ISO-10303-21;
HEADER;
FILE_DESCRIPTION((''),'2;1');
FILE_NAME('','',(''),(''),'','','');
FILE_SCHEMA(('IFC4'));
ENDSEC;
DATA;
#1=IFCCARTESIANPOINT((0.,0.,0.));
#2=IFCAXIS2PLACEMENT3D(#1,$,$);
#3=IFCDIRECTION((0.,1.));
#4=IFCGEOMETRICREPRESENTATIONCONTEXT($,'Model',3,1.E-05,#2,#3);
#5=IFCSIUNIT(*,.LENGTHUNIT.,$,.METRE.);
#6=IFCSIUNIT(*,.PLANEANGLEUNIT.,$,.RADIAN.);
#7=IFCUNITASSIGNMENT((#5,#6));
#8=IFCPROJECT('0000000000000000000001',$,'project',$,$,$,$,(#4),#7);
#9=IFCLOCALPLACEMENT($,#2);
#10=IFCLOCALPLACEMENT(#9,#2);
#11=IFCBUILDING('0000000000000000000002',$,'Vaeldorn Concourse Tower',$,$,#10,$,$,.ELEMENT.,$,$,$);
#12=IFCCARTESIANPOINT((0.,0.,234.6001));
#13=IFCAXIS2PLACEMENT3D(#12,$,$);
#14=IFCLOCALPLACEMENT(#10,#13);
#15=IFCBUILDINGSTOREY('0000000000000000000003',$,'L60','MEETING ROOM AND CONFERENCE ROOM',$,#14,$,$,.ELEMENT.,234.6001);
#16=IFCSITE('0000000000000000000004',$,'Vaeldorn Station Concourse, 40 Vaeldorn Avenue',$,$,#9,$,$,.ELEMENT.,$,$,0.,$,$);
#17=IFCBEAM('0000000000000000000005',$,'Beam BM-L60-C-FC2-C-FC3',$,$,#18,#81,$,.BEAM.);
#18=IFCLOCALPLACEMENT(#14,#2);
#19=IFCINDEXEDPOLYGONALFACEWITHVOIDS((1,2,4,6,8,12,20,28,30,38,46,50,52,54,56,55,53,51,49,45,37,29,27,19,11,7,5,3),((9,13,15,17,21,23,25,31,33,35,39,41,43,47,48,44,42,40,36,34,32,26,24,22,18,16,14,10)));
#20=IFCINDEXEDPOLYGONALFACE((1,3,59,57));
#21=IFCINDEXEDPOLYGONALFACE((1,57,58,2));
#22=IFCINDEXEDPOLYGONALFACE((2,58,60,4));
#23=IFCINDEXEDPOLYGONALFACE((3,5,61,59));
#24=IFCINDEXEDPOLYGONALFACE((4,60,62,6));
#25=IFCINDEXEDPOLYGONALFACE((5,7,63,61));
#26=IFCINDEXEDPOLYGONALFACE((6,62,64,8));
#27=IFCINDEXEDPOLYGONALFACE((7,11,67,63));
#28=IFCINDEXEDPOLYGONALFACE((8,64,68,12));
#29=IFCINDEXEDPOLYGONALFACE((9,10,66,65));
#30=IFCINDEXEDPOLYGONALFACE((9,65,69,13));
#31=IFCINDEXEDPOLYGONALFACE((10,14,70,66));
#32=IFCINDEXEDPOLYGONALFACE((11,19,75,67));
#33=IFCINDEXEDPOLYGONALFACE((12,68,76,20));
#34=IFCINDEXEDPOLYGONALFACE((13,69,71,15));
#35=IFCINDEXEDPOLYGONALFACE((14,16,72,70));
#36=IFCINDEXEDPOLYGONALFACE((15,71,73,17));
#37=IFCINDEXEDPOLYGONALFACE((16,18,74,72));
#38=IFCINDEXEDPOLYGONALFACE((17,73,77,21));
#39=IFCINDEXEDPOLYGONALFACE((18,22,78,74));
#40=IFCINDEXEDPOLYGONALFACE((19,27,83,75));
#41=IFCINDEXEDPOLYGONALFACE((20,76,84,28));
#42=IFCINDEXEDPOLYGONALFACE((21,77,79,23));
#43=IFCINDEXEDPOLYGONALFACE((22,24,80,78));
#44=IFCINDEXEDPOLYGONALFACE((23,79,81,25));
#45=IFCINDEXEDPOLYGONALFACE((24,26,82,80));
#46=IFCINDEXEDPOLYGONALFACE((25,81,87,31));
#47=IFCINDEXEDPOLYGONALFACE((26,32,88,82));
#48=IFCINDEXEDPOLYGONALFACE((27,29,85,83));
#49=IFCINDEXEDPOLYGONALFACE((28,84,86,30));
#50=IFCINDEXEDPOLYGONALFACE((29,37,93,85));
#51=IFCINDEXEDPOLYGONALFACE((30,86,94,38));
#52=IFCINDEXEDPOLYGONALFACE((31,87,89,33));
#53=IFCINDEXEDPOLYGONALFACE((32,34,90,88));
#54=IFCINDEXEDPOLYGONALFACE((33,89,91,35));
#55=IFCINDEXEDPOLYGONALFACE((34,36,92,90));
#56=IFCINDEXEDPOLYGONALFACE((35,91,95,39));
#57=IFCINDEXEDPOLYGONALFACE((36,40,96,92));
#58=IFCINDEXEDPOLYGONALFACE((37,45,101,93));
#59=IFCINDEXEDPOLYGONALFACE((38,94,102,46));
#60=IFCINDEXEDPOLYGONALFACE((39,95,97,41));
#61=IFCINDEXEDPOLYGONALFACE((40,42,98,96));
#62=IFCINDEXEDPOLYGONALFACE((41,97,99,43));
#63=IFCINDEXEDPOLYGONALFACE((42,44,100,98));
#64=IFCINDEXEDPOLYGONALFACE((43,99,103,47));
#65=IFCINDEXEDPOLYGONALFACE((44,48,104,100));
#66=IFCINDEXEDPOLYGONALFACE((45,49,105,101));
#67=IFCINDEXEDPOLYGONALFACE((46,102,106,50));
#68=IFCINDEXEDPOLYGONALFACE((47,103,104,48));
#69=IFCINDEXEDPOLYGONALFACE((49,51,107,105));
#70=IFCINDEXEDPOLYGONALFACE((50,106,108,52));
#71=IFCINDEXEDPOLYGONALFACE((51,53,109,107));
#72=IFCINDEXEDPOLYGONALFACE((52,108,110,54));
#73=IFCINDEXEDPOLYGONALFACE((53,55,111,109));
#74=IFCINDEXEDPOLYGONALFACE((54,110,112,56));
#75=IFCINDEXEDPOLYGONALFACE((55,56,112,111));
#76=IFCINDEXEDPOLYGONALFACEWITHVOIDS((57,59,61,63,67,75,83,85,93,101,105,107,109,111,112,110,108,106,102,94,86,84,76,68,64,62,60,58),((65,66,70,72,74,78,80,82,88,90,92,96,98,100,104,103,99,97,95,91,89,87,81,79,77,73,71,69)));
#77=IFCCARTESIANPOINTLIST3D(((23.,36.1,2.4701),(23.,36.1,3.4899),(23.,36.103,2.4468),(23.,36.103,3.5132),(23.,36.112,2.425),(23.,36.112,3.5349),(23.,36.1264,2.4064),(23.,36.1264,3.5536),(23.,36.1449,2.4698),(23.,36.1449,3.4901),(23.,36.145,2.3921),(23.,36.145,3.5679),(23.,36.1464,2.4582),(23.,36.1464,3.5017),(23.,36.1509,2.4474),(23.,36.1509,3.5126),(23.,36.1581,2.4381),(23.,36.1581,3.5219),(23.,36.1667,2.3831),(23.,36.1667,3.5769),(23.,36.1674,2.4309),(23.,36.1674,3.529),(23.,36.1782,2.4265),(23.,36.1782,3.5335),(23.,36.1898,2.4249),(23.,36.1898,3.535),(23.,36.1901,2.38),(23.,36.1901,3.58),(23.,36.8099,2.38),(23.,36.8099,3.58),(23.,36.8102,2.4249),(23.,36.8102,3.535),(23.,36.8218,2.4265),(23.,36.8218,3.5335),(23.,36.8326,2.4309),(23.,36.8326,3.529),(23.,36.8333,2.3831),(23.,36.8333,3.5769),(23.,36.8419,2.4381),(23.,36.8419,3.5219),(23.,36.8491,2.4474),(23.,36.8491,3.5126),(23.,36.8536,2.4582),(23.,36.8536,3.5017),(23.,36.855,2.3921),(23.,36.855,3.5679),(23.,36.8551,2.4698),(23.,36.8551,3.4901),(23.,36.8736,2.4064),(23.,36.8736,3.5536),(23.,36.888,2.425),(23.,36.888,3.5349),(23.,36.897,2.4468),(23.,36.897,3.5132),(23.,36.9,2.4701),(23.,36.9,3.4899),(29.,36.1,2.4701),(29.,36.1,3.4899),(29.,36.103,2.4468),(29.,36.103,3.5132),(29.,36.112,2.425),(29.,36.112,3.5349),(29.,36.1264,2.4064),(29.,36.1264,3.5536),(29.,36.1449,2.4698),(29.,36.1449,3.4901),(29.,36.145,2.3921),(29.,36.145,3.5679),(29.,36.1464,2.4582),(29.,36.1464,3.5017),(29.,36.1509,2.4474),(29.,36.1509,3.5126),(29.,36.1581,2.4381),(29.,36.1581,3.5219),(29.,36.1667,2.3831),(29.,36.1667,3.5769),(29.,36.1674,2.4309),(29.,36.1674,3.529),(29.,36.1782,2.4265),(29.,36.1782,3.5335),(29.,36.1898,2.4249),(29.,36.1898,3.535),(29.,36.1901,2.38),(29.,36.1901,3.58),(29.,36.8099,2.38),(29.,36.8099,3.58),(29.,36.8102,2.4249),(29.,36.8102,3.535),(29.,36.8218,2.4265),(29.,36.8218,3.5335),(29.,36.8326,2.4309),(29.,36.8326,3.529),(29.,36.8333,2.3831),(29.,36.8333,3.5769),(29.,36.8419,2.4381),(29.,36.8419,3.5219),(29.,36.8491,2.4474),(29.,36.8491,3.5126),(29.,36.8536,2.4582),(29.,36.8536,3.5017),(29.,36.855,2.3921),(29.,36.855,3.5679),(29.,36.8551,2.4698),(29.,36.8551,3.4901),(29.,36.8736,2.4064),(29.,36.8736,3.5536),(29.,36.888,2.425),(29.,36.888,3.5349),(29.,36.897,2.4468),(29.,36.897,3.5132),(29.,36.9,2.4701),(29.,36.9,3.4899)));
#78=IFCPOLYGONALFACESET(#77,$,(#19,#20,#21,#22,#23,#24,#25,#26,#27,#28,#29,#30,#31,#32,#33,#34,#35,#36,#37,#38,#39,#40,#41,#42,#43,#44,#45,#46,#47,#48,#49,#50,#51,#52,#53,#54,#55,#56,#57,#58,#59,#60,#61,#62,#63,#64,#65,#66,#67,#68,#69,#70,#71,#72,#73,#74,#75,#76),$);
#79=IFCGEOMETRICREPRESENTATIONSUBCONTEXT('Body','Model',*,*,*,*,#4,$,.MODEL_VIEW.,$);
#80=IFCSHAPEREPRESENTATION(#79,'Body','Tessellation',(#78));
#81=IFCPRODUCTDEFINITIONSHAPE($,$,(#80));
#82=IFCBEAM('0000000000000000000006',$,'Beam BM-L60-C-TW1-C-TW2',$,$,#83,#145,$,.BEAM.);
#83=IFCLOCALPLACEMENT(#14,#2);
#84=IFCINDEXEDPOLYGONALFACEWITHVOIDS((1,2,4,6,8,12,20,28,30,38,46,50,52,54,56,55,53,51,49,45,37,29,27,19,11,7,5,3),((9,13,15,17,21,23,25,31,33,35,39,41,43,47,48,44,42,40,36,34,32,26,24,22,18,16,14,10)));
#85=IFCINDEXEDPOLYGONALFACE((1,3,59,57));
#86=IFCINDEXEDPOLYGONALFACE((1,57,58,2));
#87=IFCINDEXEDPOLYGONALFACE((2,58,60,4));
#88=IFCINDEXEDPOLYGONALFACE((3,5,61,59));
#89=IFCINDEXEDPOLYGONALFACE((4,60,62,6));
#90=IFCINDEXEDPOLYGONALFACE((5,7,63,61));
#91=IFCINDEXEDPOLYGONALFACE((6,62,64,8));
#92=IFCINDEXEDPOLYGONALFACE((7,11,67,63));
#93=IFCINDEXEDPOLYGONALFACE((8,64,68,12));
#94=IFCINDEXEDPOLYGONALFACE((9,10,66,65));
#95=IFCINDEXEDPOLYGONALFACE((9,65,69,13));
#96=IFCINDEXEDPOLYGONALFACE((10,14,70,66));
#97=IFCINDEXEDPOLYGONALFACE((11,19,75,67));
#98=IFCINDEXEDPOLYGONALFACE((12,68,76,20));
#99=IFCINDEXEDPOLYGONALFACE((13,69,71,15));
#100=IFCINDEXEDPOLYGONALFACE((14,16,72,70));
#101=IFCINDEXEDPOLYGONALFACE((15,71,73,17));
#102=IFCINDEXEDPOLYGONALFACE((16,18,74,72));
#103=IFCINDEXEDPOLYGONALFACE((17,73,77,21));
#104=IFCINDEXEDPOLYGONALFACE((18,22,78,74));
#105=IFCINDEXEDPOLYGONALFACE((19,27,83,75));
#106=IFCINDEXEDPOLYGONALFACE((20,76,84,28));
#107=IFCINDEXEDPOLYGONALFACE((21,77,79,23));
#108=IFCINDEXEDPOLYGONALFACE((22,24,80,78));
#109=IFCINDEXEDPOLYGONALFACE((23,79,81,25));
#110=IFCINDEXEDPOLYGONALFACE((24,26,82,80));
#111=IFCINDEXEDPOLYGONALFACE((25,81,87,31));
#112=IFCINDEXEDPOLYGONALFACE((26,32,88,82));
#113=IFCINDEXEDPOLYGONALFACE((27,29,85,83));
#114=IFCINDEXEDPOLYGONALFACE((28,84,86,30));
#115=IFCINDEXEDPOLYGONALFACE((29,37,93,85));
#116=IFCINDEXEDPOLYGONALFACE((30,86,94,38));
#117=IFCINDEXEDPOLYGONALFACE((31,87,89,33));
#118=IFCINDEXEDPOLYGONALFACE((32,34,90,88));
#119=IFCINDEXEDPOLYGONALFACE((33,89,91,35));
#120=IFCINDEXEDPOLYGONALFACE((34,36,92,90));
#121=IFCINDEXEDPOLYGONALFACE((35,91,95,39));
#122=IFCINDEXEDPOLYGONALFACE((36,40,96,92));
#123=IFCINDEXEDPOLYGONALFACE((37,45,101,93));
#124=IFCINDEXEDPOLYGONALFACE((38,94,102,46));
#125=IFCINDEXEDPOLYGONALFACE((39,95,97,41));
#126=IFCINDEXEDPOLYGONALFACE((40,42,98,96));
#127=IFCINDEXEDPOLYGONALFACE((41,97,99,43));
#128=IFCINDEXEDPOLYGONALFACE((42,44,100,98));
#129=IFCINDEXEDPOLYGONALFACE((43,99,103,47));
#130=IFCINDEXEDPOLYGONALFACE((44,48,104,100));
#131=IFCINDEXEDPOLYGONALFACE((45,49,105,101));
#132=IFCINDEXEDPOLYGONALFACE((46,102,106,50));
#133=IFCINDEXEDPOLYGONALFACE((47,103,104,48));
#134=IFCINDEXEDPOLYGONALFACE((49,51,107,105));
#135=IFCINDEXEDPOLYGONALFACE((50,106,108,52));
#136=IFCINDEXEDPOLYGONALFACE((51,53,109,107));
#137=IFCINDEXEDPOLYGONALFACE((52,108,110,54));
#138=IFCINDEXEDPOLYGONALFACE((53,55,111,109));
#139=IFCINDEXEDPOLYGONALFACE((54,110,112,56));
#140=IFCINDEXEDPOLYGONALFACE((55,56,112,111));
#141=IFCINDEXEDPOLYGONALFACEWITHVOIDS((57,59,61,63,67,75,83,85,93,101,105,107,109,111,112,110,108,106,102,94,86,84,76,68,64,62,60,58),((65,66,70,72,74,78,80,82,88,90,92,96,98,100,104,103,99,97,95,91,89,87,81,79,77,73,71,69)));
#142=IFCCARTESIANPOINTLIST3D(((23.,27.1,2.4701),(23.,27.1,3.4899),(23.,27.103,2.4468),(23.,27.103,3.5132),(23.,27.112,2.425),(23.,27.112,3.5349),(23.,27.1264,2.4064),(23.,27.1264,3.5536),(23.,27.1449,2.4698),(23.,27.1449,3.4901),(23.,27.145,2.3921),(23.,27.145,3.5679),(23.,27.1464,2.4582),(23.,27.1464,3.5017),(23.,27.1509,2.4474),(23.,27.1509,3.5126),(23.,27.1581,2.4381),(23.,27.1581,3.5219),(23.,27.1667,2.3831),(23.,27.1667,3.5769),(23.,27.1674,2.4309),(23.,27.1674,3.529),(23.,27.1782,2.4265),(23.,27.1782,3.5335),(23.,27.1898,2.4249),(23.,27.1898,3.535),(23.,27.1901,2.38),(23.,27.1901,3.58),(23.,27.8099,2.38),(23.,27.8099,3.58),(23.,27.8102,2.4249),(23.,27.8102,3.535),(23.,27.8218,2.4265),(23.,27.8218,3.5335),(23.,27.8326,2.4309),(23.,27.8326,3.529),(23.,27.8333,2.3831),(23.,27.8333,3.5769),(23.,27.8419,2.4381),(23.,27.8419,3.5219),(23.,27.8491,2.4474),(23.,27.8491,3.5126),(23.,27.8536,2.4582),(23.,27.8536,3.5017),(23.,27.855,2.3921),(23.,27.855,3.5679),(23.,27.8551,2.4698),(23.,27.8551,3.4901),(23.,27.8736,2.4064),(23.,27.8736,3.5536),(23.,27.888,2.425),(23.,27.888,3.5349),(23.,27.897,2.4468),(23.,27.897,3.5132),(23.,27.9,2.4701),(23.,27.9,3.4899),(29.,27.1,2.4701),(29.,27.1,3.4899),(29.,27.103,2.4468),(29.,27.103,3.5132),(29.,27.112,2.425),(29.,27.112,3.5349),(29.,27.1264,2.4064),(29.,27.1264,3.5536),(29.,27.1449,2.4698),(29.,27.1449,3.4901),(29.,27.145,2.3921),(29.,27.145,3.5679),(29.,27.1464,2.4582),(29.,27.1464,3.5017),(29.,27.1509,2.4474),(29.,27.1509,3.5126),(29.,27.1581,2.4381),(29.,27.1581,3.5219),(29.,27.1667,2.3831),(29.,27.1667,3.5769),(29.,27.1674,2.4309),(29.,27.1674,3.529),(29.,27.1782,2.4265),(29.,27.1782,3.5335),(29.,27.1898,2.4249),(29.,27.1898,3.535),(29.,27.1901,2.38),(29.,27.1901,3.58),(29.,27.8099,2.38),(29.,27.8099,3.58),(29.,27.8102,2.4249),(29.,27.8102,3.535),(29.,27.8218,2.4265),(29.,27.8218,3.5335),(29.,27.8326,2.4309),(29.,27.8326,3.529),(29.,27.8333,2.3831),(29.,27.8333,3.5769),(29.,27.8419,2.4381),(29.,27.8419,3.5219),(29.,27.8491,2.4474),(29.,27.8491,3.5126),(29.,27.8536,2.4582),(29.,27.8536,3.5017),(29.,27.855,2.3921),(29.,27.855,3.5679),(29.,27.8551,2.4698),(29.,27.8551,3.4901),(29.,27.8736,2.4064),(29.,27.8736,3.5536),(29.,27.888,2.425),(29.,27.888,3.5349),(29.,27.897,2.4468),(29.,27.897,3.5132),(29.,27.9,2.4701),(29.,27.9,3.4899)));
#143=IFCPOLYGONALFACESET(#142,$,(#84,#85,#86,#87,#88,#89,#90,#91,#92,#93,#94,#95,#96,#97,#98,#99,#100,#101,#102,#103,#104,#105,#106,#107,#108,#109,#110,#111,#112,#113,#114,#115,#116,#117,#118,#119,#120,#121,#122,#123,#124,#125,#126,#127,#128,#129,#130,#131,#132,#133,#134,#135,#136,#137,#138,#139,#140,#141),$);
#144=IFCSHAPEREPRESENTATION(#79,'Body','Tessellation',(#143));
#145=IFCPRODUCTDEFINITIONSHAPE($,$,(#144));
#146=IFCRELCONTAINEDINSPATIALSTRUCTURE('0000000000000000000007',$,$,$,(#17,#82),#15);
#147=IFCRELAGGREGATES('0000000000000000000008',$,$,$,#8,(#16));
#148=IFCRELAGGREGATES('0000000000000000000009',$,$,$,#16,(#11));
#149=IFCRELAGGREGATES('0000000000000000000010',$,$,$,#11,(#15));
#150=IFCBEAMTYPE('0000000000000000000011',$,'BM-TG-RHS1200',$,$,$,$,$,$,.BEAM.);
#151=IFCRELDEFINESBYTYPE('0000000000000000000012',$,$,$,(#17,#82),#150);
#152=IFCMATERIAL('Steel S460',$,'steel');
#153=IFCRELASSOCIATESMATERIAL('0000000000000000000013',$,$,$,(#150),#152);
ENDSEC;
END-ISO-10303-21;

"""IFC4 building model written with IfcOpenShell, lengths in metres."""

from ifc_helpers import new_model, si_unit, direction, frame, origin, origin_2d, place, context, subcontext, project, spatial, hollow_rectangle, extrude, source, transform, mapped, material, material_profile, profile_set, type_object, element, save


model = new_model("IFC4")

# Units and contexts
model_context = context("Model", 3, precision=1e-05, world=origin(), true_north=direction((0.0, 1.0)))
body_context = subcontext(model_context, "Body", "Model", "MODEL_VIEW")
ifc_project = project(units=[si_unit("LENGTHUNIT", "METRE"), si_unit("PLANEANGLEUNIT", "RADIAN")], contexts=[model_context])

# Site, building, storey
site_placement = place(None, origin())
site = spatial("IfcSite", under=ifc_project, at=site_placement, Name="Vaeldorn Station Concourse, 40 Vaeldorn Avenue", CompositionType="ELEMENT", RefElevation=0.0)
building_placement = place(site_placement, origin())
building = spatial("IfcBuilding", under=site, at=building_placement, Name="Vaeldorn Concourse Tower", CompositionType="ELEMENT")
storey_placement = place(building_placement, frame((0.0, 0.0, 234.6001)))
storey = spatial("IfcBuildingStorey", under=building, at=storey_placement, Name="L60", Description="MEETING ROOM AND CONFERENCE ROOM", CompositionType="ELEMENT", Elevation=234.6001)

# Shared definitions
ifc_material_1 = material(Name="Steel S460", Category="steel")

# Beams
ifc_material_profile_1 = material_profile(ifc_material_1, hollow_rectangle(XDim=0.8, YDim=1.2, WallThickness=0.0449, InnerFilletRadius=0.0449, OuterFilletRadius=0.0901, at=origin_2d()), Name="RHS 1200x800x45")
ifc_profile_set_1 = profile_set([ifc_material_profile_1], Name="Steel S460")
beam_type_1 = type_object("IfcBeamType", Name="BM-TG-RHS1200", PredefinedType="BEAM", material=ifc_profile_set_1)
shared_shape_1 = source(origin(), body_context, "Body", "SweptSolid", [
    extrude(hollow_rectangle(XDim=0.8, YDim=1.2, WallThickness=0.0449, InnerFilletRadius=0.0449, OuterFilletRadius=0.0901, at=origin_2d()), origin(), (0.0, 0.0, 1.0), 6.0),
])
for number, where, z_axis, x_axis, name in (
    (1, (23.0, 36.5, 2.98), (1.0, 0.0, 0.0), (0.0, 1.0, 0.0), "Beam BM-L60-C-FC2-C-FC3"),
    (2, (23.0, 27.5, 2.98), (1.0, 0.0, 0.0), (0.0, 1.0, 0.0), "Beam BM-L60-C-TW1-C-TW2"),
):
    element("IfcBeam", number, at=place(storey_placement, frame(where, z_axis=z_axis, x_axis=x_axis)), inside=storey, type_object=beam_type_1, Name=name, PredefinedType="BEAM", context=body_context, shape_type="MappedRepresentation", body=[
        mapped(shared_shape_1, transform((0.0, 0.0, 0.0), scale=1.0)),
    ])

save(model, "model.ifc")
